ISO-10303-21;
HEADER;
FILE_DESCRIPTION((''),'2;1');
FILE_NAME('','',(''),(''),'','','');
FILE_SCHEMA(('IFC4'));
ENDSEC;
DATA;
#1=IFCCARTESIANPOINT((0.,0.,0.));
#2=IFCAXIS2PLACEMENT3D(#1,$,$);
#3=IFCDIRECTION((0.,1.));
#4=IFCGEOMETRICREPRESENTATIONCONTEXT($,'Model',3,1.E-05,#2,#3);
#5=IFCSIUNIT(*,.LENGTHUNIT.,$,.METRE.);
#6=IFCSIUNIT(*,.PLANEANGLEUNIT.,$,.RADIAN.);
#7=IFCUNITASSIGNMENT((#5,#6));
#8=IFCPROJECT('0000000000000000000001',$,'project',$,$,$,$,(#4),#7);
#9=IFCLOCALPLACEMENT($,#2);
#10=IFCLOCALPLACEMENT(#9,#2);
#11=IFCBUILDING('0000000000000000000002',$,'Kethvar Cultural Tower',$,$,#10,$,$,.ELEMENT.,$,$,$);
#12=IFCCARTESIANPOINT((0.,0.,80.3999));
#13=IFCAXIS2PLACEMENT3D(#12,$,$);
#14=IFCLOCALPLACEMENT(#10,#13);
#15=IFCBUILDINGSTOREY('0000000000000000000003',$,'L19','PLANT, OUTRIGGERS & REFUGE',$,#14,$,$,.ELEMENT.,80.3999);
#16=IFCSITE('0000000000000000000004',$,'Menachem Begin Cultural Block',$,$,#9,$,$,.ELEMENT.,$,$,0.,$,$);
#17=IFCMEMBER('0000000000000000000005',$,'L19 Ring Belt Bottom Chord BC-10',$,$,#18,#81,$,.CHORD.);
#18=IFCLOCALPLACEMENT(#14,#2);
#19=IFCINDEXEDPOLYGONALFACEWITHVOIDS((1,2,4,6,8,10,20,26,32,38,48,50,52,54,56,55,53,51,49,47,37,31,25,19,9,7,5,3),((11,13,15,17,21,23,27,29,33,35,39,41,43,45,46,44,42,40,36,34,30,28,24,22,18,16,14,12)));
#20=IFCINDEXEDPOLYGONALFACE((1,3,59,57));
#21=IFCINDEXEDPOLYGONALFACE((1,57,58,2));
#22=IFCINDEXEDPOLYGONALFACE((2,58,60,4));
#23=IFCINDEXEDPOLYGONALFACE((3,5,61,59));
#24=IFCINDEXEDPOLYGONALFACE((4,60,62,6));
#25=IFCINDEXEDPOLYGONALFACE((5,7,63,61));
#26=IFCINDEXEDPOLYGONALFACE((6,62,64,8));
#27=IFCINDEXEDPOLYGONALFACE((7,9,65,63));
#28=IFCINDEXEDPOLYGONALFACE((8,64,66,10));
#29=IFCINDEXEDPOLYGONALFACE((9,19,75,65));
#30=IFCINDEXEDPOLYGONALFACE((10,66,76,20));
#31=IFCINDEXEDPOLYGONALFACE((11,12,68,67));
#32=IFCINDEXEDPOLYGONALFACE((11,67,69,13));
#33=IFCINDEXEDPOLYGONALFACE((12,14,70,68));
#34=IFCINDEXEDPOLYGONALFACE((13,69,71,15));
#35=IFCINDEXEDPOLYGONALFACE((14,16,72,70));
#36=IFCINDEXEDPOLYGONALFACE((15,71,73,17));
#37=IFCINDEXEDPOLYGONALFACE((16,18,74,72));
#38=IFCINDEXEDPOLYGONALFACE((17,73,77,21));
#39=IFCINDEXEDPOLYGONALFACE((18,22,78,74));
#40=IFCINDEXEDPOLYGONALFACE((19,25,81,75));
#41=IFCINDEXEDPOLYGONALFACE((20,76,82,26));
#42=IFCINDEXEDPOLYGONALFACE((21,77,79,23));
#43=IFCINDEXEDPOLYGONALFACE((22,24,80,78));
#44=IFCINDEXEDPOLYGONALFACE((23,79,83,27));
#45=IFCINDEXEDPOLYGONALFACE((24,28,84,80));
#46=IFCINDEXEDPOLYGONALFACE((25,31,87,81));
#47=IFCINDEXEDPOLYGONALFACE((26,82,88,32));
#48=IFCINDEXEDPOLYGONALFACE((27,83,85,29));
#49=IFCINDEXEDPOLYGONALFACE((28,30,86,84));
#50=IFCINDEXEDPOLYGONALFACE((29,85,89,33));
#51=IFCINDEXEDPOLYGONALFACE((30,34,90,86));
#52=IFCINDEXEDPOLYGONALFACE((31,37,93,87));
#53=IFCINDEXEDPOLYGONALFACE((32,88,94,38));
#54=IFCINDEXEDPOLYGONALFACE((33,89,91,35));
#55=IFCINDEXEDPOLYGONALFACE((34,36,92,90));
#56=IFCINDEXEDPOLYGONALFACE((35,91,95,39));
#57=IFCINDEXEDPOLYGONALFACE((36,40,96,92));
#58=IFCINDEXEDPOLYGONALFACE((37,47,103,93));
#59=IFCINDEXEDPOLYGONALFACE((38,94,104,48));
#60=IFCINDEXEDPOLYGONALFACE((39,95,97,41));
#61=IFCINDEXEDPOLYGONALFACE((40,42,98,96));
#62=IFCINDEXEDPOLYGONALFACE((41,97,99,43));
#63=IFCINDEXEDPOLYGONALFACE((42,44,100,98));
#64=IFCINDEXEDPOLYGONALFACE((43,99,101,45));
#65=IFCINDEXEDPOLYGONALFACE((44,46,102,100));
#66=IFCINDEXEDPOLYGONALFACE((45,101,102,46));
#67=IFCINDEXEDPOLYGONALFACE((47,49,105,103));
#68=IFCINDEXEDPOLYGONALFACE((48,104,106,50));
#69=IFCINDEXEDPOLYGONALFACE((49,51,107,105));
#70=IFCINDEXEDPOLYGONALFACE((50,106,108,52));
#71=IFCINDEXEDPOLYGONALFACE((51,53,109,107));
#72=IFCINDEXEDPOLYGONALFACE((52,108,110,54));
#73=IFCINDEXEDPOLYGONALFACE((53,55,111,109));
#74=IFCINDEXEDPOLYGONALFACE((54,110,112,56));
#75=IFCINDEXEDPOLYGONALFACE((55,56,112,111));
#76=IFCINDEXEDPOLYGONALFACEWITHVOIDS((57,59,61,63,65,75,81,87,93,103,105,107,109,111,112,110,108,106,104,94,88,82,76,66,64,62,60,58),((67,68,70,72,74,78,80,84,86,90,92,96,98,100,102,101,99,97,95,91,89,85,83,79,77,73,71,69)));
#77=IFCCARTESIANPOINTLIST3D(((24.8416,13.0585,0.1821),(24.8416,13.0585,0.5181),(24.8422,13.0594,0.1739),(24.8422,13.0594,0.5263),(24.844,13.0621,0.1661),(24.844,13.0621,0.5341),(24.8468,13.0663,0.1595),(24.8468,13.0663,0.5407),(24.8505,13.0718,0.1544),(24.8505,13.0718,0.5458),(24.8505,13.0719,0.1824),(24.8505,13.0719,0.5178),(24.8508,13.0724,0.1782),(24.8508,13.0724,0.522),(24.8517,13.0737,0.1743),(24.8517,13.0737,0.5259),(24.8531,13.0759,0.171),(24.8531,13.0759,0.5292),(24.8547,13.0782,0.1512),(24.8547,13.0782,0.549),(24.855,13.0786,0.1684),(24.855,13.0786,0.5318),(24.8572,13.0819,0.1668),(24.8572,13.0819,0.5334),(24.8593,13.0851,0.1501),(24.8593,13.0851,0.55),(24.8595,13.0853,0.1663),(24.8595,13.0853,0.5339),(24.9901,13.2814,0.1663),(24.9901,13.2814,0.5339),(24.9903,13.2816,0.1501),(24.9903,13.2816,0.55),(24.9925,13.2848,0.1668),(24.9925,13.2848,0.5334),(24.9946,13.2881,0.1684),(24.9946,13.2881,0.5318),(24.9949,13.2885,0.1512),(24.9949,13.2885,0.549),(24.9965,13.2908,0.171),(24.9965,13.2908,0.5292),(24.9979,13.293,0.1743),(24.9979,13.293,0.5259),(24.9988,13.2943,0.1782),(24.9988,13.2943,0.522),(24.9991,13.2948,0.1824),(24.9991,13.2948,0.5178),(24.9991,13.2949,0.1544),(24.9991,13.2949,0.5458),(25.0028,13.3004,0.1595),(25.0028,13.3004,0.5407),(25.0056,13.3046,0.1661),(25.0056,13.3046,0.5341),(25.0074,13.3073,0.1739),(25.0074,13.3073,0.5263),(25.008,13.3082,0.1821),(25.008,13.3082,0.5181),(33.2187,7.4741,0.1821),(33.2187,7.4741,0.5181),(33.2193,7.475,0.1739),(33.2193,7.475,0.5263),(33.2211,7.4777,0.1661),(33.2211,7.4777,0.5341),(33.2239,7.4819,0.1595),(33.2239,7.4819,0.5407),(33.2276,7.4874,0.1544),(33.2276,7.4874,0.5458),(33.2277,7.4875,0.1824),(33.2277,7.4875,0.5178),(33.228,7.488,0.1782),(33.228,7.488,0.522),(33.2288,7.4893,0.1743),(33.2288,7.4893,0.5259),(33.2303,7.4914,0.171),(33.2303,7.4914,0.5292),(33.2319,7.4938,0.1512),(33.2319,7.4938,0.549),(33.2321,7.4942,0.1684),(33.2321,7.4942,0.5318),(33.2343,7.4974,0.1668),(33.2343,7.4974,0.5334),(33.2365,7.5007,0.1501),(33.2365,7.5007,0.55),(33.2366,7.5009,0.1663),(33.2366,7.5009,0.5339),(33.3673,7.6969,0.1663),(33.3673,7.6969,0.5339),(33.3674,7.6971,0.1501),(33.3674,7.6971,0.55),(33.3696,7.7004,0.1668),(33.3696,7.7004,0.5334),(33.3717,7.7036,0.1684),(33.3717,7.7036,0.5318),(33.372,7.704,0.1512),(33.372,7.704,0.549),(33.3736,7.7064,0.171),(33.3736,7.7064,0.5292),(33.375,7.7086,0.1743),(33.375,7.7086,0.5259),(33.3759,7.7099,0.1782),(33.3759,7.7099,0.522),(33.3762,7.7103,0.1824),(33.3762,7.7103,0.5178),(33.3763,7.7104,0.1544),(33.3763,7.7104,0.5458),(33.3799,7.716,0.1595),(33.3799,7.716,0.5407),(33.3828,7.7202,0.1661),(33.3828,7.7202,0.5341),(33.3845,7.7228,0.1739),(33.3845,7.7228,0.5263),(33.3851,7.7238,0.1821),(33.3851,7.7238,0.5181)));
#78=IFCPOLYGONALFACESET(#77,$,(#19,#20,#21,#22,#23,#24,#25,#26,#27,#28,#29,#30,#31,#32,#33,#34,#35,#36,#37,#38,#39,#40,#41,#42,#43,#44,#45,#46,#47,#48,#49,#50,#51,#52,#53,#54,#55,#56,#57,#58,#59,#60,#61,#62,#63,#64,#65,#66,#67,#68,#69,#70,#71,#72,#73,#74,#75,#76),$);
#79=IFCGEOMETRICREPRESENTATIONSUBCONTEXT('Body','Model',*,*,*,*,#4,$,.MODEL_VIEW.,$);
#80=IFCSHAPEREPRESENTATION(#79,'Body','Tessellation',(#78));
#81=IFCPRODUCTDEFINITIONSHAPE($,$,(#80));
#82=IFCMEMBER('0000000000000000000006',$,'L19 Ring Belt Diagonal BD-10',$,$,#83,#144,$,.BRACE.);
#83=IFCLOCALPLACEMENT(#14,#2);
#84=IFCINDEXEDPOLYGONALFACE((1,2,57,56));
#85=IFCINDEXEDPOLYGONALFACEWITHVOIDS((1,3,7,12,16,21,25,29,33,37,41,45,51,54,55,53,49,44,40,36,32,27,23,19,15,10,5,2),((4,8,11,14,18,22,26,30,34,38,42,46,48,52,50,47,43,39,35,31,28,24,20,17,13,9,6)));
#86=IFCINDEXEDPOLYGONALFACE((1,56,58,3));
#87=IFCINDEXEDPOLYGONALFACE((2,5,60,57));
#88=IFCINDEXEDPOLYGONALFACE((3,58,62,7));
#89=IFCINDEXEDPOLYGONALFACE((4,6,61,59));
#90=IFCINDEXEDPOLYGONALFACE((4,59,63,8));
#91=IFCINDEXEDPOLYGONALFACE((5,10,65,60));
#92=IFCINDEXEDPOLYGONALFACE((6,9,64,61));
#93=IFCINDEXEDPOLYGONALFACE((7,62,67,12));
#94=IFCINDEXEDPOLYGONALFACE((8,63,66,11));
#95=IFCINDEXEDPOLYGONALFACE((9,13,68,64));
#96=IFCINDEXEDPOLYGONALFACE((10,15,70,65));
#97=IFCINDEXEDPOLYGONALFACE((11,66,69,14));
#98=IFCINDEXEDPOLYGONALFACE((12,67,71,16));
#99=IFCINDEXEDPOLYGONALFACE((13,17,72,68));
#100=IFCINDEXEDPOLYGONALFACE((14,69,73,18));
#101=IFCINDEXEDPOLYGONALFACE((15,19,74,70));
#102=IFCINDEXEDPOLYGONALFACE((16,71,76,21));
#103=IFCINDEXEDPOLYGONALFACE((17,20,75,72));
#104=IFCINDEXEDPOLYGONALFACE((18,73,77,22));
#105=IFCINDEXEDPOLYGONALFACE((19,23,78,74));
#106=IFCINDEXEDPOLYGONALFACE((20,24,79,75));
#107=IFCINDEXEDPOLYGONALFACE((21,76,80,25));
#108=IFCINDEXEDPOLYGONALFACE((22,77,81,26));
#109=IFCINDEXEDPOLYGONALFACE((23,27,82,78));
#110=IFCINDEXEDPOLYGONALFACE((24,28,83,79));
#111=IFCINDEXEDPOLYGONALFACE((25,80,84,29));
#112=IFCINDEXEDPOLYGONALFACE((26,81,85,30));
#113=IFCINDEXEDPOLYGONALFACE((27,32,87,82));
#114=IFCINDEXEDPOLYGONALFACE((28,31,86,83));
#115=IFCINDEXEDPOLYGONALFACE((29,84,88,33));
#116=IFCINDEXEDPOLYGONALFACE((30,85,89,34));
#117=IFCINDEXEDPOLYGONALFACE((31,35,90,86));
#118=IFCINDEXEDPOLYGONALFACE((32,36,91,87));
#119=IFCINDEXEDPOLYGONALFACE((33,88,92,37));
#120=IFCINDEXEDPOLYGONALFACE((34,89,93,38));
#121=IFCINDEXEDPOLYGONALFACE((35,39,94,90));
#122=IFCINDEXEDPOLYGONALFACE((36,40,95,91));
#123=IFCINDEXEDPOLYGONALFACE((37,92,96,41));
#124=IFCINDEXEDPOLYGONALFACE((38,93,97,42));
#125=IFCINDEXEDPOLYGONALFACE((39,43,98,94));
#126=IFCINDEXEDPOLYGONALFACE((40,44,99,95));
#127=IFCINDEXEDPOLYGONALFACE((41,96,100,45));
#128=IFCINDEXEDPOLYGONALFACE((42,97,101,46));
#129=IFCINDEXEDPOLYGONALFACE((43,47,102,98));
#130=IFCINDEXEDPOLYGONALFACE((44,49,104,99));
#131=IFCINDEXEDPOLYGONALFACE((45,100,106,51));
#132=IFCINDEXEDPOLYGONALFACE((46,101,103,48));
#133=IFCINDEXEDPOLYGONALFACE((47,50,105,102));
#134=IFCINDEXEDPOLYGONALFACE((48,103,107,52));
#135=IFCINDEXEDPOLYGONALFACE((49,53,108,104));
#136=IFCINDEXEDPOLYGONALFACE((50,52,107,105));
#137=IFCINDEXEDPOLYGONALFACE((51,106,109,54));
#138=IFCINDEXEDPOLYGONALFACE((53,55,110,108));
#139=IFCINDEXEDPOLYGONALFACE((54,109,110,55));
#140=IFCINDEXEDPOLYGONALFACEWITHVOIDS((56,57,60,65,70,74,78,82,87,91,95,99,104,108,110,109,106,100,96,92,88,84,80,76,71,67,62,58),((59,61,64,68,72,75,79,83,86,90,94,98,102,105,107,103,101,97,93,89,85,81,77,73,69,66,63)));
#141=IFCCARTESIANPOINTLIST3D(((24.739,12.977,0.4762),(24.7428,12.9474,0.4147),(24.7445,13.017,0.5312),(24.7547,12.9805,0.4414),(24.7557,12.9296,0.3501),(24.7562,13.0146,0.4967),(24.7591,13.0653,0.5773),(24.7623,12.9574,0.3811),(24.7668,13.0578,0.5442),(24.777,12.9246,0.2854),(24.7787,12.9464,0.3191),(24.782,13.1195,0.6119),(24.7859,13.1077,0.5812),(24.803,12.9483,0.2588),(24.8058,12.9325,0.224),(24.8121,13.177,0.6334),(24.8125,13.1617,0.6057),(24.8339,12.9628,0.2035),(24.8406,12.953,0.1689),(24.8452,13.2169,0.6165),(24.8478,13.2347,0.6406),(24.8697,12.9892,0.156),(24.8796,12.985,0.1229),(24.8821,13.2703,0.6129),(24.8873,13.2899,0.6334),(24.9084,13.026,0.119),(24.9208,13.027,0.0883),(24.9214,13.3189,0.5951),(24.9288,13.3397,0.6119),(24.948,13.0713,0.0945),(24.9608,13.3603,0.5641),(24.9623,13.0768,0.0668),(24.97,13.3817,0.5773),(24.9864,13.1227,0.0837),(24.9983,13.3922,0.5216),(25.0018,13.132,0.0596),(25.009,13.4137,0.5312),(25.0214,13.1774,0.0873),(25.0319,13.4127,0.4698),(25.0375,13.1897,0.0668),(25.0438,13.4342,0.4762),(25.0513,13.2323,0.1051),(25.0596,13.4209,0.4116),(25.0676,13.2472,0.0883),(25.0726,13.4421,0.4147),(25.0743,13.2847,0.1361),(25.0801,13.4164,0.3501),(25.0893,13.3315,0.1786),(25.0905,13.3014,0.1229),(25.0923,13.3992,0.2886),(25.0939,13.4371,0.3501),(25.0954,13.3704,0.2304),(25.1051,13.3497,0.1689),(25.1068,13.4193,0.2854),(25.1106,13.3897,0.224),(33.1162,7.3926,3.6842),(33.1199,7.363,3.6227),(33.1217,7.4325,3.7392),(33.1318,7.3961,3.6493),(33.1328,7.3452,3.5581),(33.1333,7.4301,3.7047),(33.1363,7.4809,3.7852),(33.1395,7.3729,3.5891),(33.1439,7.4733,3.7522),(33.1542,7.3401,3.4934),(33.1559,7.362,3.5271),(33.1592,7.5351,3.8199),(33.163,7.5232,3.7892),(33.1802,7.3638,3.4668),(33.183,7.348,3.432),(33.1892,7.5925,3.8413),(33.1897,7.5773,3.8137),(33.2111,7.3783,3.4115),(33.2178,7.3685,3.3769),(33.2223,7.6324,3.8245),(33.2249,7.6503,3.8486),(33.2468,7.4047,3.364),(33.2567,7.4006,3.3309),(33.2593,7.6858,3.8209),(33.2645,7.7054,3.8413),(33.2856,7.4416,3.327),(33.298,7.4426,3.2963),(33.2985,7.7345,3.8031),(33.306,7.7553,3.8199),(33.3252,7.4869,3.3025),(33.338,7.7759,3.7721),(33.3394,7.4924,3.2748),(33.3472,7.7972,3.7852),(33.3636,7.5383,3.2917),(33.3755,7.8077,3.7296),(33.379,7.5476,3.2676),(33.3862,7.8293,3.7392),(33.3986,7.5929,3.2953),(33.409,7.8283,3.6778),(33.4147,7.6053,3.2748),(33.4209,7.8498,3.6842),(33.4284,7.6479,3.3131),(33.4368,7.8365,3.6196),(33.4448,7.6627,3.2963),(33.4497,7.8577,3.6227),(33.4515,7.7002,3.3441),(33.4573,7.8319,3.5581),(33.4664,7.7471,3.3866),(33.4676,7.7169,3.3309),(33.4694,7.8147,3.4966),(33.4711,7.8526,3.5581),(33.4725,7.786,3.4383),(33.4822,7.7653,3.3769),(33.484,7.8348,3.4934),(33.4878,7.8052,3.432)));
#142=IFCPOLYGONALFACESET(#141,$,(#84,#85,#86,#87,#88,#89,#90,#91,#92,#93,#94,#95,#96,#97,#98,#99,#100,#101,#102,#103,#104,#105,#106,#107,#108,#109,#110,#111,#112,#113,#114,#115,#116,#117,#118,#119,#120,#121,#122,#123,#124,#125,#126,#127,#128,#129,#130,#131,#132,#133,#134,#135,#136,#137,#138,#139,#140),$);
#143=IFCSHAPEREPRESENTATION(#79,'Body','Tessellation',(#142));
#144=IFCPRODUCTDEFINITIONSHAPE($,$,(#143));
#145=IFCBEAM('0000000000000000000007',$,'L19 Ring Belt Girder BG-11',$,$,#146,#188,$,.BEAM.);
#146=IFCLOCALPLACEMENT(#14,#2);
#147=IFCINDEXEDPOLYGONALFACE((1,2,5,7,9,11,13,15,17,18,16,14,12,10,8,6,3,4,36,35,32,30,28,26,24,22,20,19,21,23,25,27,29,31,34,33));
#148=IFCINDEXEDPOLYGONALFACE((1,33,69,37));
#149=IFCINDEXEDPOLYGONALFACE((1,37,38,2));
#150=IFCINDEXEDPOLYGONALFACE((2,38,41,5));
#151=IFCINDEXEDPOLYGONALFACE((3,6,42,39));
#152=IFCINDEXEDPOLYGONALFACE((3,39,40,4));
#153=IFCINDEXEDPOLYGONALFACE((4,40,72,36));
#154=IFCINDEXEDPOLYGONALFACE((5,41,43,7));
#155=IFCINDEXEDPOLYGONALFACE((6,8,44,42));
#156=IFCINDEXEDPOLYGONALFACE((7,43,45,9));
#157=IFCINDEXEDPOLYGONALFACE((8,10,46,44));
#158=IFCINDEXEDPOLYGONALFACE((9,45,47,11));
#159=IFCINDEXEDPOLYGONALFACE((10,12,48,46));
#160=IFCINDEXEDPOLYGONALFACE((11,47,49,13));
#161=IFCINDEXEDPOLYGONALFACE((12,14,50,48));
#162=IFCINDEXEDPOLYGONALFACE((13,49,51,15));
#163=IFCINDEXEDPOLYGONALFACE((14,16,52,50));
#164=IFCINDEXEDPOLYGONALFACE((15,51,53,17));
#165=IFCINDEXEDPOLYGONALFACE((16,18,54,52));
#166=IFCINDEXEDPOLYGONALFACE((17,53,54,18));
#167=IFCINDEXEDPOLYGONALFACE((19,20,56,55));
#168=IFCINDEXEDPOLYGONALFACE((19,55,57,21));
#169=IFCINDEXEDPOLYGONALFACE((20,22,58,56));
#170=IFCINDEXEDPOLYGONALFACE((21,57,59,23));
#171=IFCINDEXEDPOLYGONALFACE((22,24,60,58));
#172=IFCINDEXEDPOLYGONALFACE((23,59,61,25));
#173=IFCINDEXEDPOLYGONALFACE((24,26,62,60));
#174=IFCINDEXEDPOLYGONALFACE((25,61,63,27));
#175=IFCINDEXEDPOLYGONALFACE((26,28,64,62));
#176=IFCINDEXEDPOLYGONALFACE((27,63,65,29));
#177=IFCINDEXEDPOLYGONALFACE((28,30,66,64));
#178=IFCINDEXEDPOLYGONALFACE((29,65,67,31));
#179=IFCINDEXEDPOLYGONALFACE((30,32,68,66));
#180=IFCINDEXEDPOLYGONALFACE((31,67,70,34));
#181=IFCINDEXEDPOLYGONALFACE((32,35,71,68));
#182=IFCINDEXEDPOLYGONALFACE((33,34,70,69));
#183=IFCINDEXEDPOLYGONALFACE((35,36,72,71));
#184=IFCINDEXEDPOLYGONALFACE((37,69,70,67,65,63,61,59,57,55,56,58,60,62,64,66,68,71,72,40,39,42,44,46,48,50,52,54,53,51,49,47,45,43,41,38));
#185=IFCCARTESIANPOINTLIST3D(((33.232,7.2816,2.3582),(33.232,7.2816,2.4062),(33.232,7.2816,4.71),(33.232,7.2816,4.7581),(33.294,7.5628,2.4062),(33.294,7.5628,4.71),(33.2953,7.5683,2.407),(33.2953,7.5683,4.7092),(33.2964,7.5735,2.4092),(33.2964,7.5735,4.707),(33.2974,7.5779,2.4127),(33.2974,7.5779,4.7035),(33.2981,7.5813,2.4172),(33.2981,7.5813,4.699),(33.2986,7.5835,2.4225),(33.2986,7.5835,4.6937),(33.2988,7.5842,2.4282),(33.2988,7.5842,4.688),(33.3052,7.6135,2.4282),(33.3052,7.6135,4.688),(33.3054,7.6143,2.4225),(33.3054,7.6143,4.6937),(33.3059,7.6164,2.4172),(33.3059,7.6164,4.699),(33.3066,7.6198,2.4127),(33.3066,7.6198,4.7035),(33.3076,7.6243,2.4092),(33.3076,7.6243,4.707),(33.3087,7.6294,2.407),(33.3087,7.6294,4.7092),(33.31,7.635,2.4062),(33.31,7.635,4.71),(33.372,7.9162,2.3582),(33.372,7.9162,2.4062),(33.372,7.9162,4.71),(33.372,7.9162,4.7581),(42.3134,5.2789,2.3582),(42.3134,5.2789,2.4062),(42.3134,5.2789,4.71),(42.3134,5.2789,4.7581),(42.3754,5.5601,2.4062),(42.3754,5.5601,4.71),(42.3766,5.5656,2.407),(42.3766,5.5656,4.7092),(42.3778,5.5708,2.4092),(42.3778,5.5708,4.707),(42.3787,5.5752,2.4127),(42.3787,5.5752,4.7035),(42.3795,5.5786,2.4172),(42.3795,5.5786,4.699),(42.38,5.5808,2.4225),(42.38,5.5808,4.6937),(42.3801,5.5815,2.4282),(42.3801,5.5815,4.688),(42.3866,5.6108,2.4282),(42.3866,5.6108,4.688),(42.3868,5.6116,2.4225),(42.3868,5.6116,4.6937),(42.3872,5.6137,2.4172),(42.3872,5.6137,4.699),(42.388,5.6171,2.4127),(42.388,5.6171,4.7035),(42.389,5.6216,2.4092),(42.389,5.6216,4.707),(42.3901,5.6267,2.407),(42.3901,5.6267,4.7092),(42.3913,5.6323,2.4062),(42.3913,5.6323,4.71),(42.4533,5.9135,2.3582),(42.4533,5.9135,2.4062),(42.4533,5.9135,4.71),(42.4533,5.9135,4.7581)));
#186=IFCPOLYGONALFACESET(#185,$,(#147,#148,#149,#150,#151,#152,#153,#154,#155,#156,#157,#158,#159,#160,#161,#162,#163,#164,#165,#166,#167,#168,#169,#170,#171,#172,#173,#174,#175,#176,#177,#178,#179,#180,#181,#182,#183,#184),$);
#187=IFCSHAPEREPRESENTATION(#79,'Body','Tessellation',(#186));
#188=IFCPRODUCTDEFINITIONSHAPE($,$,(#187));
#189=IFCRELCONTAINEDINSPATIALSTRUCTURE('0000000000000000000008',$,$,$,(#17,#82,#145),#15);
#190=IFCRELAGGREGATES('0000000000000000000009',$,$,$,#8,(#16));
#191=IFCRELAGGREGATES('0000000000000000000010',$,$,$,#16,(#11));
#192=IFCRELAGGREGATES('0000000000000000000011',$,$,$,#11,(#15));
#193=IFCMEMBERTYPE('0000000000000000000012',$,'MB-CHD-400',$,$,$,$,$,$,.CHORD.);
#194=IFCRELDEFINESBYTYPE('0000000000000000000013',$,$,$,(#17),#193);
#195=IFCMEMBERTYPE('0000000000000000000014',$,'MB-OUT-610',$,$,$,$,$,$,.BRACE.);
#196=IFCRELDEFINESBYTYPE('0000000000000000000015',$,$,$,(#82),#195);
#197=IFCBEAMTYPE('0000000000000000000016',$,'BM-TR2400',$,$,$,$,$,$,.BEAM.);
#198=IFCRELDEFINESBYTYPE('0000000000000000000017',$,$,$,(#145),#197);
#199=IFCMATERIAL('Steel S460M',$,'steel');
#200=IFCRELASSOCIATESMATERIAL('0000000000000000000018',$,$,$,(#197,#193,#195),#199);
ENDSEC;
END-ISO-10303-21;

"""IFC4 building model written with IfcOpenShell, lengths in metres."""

from ifc_helpers import new_model, si_unit, direction, frame, origin, origin_2d, place, context, subcontext, project, spatial, hollow_rectangle, hollow_circle, i_section, extrude, source, transform, mapped, material, material_profile, profile_set, type_object, element, save


model = new_model("IFC4")

# Units and contexts
model_context = context("Model", 3, precision=1e-05, world=origin(), true_north=direction((0.0, 1.0)))
body_context = subcontext(model_context, "Body", "Model", "MODEL_VIEW")
ifc_project = project(units=[si_unit("LENGTHUNIT", "METRE"), si_unit("PLANEANGLEUNIT", "RADIAN")], contexts=[model_context])

# Site, building, storey
site_placement = place(None, origin())
site = spatial("IfcSite", under=ifc_project, at=site_placement, Name="Menachem Begin Cultural Block", CompositionType="ELEMENT", RefElevation=0.0)
building_placement = place(site_placement, origin())
building = spatial("IfcBuilding", under=site, at=building_placement, Name="Kethvar Cultural Tower", CompositionType="ELEMENT")
storey_placement = place(building_placement, frame((0.0, 0.0, 80.3999)))
storey = spatial("IfcBuildingStorey", under=building, at=storey_placement, Name="L19", Description="PLANT, OUTRIGGERS & REFUGE", CompositionType="ELEMENT", Elevation=80.3999)

# Shared definitions
ifc_material_1 = material(Name="Steel S460M", Category="steel")

# Shared definitions
ifc_material_profile_1 = material_profile(ifc_material_1, i_section(OverallWidth=0.6499, OverallDepth=2.3999, WebThickness=0.03, FlangeThickness=0.0481, FilletRadius=0.022, at=origin_2d()), Name="Steel S460M — PG2400x650x48x30")
ifc_profile_set_1 = profile_set([ifc_material_profile_1], Name="Steel S460M — PG2400x650x48x30")
beam_type = type_object("IfcBeamType", Name="BM-TR2400", PredefinedType="BEAM", material=ifc_profile_set_1)

# Members
ifc_material_profile_2 = material_profile(ifc_material_1, hollow_rectangle(XDim=0.3, YDim=0.3999, WallThickness=0.0161, InnerFilletRadius=0.0161, OuterFilletRadius=0.032, at=origin_2d()), Name="Steel S460M — RHS400x300x16")
ifc_profile_set_2 = profile_set([ifc_material_profile_2], Name="Steel S460M — RHS400x300x16")
member_type_1 = type_object("IfcMemberType", Name="MB-CHD-400", PredefinedType="CHORD", material=ifc_profile_set_2)
shared_shape_1 = source(origin(), body_context, "Body", "SweptSolid", [
    extrude(hollow_rectangle(XDim=0.3, YDim=0.3999, WallThickness=0.0161, InnerFilletRadius=0.0161, OuterFilletRadius=0.032, at=origin_2d()), origin(), (0.0, 0.0, 1.0), 10.0679),
])
member_1_placement = place(storey_placement, frame((24.9248, 13.1833, 0.3501), z_axis=(0.832065, -0.554678, 0.0), x_axis=(0.554678, 0.832065, 0.0)))
element("IfcMember", 1, at=member_1_placement, inside=storey, type_object=member_type_1, Name="L19 Ring Belt Bottom Chord BC-10", PredefinedType="CHORD", context=body_context, shape_type="MappedRepresentation", body=[
    mapped(shared_shape_1, transform((0.0, 0.0, 0.0), scale=1.0)),
])
ifc_material_profile_3 = material_profile(ifc_material_1, hollow_circle(Radius=0.3049, WallThickness=0.0249, at=origin_2d()), Name="Steel S460M — CHS610x25")
ifc_profile_set_3 = profile_set([ifc_material_profile_3], Name="Steel S460M — CHS610x25")
member_type_2 = type_object("IfcMemberType", Name="MB-OUT-610", PredefinedType="BRACE", material=ifc_profile_set_3)
shared_shape_2 = source(origin(), body_context, "Body", "SweptSolid", [
    extrude(hollow_circle(Radius=0.3049, WallThickness=0.0249, at=origin_2d()), origin(), (0.0, 0.0, 1.0), 10.5667),
])
member_2_placement = place(storey_placement, frame((24.9248, 13.1833, 0.3501), z_axis=(0.792792, -0.528497, 0.303596), x_axis=(0.554678, 0.832065, 0.0)))
element("IfcMember", 2, at=member_2_placement, inside=storey, type_object=member_type_2, Name="L19 Ring Belt Diagonal BD-10", PredefinedType="BRACE", context=body_context, shape_type="MappedRepresentation", body=[
    mapped(shared_shape_2, transform((0.0, 0.0, 0.0), scale=1.0)),
])

# Beam
shared_shape_3 = source(origin(), body_context, "Body", "SweptSolid", [
    extrude(i_section(OverallWidth=0.6499, OverallDepth=2.3999, WebThickness=0.03, FlangeThickness=0.0481, FilletRadius=0.022, at=origin_2d()), origin(), (0.0, 0.0, 1.0), 9.2996),
])
beam_1_placement = place(storey_placement, frame((33.302, 7.5989, 3.5581), z_axis=(0.976536, -0.215354, 0.0), x_axis=(0.215354, 0.976536, 0.0)))
element("IfcBeam", 3, at=beam_1_placement, inside=storey, type_object=beam_type, Name="L19 Ring Belt Girder BG-11", PredefinedType="BEAM", context=body_context, shape_type="MappedRepresentation", body=[
    mapped(shared_shape_3, transform((0.0, 0.0, 0.0), scale=1.0)),
])

save(model, "model.ifc")
